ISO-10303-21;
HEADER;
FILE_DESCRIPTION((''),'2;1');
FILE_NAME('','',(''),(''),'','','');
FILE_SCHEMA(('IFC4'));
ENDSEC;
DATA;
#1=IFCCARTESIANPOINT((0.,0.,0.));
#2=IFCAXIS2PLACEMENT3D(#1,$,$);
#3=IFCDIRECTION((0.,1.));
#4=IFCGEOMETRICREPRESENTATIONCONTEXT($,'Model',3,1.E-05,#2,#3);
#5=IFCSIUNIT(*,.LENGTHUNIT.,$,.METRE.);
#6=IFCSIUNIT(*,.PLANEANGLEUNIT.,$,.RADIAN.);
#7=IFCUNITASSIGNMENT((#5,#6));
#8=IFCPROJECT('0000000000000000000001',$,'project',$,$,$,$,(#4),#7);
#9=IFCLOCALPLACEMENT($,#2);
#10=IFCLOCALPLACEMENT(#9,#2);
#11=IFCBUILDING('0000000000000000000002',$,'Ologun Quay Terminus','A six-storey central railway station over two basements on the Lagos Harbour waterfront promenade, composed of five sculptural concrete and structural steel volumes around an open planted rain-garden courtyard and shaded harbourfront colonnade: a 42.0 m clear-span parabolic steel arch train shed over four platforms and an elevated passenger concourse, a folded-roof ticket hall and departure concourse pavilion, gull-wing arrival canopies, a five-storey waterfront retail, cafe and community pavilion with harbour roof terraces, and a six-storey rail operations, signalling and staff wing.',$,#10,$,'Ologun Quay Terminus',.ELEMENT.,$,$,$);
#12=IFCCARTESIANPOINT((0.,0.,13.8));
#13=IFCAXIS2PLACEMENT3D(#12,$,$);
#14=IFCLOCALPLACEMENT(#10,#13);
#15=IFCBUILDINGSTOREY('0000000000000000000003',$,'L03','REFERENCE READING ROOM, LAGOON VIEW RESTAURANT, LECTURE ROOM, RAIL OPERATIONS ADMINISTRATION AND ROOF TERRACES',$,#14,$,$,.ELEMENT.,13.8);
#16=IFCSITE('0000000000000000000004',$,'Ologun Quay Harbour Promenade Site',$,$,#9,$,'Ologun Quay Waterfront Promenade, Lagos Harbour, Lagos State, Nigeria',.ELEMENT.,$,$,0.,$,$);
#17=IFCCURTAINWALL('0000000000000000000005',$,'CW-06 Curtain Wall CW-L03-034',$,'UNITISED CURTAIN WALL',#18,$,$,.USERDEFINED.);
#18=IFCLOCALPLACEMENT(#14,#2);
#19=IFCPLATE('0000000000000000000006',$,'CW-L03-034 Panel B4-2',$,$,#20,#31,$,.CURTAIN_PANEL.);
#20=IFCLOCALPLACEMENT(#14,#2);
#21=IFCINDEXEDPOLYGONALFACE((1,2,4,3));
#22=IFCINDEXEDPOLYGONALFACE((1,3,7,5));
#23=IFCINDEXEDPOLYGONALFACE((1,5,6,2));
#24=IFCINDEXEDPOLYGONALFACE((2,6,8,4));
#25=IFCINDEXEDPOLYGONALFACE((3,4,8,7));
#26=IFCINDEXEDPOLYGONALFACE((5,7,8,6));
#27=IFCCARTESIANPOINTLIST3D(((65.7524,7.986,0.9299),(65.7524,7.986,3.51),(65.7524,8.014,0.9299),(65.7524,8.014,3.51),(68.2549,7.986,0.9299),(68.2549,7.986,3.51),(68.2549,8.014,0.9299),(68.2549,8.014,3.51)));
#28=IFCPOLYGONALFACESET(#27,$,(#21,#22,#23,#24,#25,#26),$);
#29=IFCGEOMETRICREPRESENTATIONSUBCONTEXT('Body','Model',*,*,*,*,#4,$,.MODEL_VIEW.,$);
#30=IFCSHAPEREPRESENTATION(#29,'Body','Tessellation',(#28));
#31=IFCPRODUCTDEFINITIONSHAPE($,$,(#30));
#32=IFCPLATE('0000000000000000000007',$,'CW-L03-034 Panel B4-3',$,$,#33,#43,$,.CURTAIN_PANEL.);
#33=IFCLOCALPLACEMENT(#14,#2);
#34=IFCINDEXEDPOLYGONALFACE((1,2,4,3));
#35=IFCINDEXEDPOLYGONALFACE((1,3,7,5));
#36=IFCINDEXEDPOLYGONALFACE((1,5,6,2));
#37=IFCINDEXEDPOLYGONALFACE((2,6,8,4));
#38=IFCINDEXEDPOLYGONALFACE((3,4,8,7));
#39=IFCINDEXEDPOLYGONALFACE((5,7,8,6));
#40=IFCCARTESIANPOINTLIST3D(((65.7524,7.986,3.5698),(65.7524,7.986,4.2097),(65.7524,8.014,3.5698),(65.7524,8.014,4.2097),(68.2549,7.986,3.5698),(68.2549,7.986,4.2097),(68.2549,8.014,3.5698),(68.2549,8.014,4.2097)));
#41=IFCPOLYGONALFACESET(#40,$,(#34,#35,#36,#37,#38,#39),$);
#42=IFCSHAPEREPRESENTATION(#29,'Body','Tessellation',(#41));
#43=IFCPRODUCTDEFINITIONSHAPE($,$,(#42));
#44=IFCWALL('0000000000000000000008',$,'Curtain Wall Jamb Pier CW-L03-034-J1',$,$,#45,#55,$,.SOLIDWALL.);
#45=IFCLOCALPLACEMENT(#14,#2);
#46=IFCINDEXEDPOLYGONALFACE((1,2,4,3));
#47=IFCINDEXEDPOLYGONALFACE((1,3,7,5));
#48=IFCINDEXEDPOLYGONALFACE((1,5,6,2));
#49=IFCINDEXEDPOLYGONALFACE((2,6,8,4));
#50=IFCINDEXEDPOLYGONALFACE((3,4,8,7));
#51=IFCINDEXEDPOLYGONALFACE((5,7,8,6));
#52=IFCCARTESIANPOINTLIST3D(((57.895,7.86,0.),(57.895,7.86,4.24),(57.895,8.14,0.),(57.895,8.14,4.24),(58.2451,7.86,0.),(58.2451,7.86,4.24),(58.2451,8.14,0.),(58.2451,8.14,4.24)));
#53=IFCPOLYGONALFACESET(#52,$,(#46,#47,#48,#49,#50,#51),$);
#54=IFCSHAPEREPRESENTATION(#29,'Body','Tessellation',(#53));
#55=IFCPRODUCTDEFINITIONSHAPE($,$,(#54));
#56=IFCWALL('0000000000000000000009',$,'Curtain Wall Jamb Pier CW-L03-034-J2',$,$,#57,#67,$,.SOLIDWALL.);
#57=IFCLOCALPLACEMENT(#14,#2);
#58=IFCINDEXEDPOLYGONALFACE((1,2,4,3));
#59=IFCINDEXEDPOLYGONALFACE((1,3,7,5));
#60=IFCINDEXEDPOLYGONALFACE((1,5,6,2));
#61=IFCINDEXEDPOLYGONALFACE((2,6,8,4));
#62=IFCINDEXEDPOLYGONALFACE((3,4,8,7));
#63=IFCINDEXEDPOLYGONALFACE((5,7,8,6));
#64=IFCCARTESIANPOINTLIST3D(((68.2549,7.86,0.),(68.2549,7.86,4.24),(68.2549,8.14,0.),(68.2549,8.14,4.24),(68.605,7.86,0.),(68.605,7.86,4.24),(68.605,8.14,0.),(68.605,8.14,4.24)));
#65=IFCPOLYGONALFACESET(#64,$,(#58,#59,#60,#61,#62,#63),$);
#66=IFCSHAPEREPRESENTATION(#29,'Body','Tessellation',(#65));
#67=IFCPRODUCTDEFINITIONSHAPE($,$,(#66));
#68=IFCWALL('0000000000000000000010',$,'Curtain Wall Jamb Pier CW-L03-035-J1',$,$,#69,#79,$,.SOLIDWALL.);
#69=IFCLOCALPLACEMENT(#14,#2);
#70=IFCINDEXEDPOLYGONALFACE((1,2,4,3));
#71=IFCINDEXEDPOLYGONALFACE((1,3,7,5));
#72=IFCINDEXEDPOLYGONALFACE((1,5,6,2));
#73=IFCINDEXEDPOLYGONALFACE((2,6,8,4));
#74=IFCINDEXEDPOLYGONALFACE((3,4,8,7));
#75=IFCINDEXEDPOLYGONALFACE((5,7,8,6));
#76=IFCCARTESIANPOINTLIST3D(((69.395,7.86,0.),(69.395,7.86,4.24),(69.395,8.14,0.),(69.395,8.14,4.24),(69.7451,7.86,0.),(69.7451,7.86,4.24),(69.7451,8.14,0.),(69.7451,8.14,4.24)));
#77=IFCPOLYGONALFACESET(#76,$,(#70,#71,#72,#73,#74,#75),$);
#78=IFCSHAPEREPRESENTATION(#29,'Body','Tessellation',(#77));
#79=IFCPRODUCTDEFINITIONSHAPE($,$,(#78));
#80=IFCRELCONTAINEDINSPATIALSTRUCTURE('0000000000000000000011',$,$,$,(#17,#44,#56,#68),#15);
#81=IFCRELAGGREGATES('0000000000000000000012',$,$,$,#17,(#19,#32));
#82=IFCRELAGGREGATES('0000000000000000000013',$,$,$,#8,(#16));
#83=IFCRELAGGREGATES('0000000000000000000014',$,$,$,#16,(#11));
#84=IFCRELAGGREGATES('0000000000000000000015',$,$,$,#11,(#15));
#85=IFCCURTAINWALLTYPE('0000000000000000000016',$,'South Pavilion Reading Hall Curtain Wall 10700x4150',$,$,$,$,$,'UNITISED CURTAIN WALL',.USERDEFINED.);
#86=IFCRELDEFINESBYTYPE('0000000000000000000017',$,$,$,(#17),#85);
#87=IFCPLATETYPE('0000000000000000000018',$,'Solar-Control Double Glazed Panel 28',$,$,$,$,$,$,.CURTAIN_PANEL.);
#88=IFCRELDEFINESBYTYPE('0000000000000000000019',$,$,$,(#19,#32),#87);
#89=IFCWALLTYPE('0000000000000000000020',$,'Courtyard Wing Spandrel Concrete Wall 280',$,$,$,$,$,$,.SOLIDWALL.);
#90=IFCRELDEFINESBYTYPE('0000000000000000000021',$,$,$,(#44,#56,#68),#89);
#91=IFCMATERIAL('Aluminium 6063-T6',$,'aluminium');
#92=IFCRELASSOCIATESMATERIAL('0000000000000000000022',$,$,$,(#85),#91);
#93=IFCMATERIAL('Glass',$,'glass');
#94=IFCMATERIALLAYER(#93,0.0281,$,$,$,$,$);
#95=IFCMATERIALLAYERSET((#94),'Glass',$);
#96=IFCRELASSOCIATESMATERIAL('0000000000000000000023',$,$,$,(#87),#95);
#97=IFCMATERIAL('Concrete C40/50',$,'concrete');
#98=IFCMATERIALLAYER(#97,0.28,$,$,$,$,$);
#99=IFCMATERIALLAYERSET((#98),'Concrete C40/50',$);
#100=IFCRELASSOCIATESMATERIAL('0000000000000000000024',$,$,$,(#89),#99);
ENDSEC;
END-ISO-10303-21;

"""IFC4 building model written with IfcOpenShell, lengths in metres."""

from ifc_helpers import new_model, si_unit, direction, frame, frame_2d, origin, origin_2d, place, context, subcontext, project, spatial, rectangle, extrude, material, layer, layer_set, type_object, element, aggregate, save


model = new_model("IFC4")

# Units and contexts
model_context = context("Model", 3, precision=1e-05, world=origin(), true_north=direction((0.0, 1.0)))
body_context = subcontext(model_context, "Body", "Model", "MODEL_VIEW")
ifc_project = project(units=[si_unit("LENGTHUNIT", "METRE"), si_unit("PLANEANGLEUNIT", "RADIAN")], contexts=[model_context])

# Site, building, storey
site_placement = place(None, origin())
site = spatial("IfcSite", under=ifc_project, at=site_placement, Name="Ologun Quay Harbour Promenade Site", LongName="Ologun Quay Waterfront Promenade, Lagos Harbour, Lagos State, Nigeria", CompositionType="ELEMENT", RefElevation=0.0)
building_placement = place(site_placement, origin())
building = spatial("IfcBuilding", under=site, at=building_placement, Name="Ologun Quay Terminus", Description="A six-storey central railway station over two basements on the Lagos Harbour waterfront promenade, composed of five sculptural concrete and structural steel volumes around an open planted rain-garden courtyard and shaded harbourfront colonnade: a 42.0 m clear-span parabolic steel arch train shed over four platforms and an elevated passenger concourse, a folded-roof ticket hall and departure concourse pavilion, gull-wing arrival canopies, a five-storey waterfront retail, cafe and community pavilion with harbour roof terraces, and a six-storey rail operations, signalling and staff wing.", LongName="Ologun Quay Terminus", CompositionType="ELEMENT")
storey_placement = place(building_placement, frame((0.0, 0.0, 13.8)))
storey = spatial("IfcBuildingStorey", under=building, at=storey_placement, Name="L03", Description="REFERENCE READING ROOM, LAGOON VIEW RESTAURANT, LECTURE ROOM, RAIL OPERATIONS ADMINISTRATION AND ROOF TERRACES", CompositionType="ELEMENT", Elevation=13.8)

# Curtain wall
ifc_material_1 = material(Name="Aluminium 6063-T6", Category="aluminium")
curtain_wall_type = type_object("IfcCurtainWallType", Name="South Pavilion Reading Hall Curtain Wall 10700x4150", ElementType="UNITISED CURTAIN WALL", PredefinedType="USERDEFINED", material=ifc_material_1)
curtain_wall_1_placement = place(storey_placement, origin())
curtain_wall_1 = element("IfcCurtainWall", 1, at=curtain_wall_1_placement, inside=storey, type_object=curtain_wall_type, Name="CW-06 Curtain Wall CW-L03-034", ObjectType="UNITISED CURTAIN WALL", PredefinedType="USERDEFINED")

# Plates
ifc_material_2 = material(Name="Glass", Category="glass")
ifc_layer_1 = layer(ifc_material_2, 0.0281)
ifc_layer_set_1 = layer_set([ifc_layer_1], Name="Glass")
plate_type_1 = type_object("IfcPlateType", Name="Solar-Control Double Glazed Panel 28", PredefinedType="CURTAIN_PANEL", material=ifc_layer_set_1)
plate_1_placement = place(storey_placement, frame((67.0037, 8.0, 0.9299), z_axis=(0.0, 0.0, 1.0), x_axis=(1.0, 0.0, 0.0)))
plate_1 = element("IfcPlate", 2, at=plate_1_placement, type_object=plate_type_1, Name="CW-L03-034 Panel B4-2", PredefinedType="CURTAIN_PANEL", context=body_context, shape_type="SweptSolid", body=[
    extrude(rectangle(XDim=2.5024, YDim=0.0281, at=origin_2d()), origin(), (0.0, 0.0, 1.0), 2.5801),
])
plate_2_placement = place(storey_placement, frame((67.0037, 8.0, 3.5698), z_axis=(0.0, 0.0, 1.0), x_axis=(1.0, 0.0, 0.0)))
plate_2 = element("IfcPlate", 3, at=plate_2_placement, type_object=plate_type_1, Name="CW-L03-034 Panel B4-3", PredefinedType="CURTAIN_PANEL", context=body_context, shape_type="SweptSolid", body=[
    extrude(rectangle(XDim=2.5024, YDim=0.0281, at=origin_2d()), origin(), (0.0, 0.0, 1.0), 0.6399),
])
aggregate(curtain_wall_1, [plate_1, plate_2])

# Walls
ifc_material_3 = material(Name="Concrete C40/50", Category="concrete")
ifc_layer_2 = layer(ifc_material_3, 0.28)
ifc_layer_set_2 = layer_set([ifc_layer_2], Name="Concrete C40/50")
wall_type = type_object("IfcWallType", Name="Courtyard Wing Spandrel Concrete Wall 280", PredefinedType="SOLIDWALL", material=ifc_layer_set_2)
for number, where, z_axis, x_axis, name in (
    (4, (57.895, 8.0, 0.0), (0.0, 0.0, 1.0), (1.0, 0.0, 0.0), "Curtain Wall Jamb Pier CW-L03-034-J1"),
    (5, (68.2549, 8.0, 0.0), (0.0, 0.0, 1.0), (1.0, 0.0, 0.0), "Curtain Wall Jamb Pier CW-L03-034-J2"),
    (6, (69.395, 8.0, 0.0), (0.0, 0.0, 1.0), (1.0, 0.0, 0.0), "Curtain Wall Jamb Pier CW-L03-035-J1"),
):
    element("IfcWall", number, at=place(storey_placement, frame(where, z_axis=z_axis, x_axis=x_axis)), inside=storey, type_object=wall_type, Name=name, PredefinedType="SOLIDWALL", context=body_context, shape_type="SweptSolid", body=[
        extrude(rectangle(XDim=0.3501, YDim=0.28, at=frame_2d((0.175, 0.0))), origin(), (0.0, 0.0, 1.0), 4.24),
    ])

save(model, "model.ifc")
